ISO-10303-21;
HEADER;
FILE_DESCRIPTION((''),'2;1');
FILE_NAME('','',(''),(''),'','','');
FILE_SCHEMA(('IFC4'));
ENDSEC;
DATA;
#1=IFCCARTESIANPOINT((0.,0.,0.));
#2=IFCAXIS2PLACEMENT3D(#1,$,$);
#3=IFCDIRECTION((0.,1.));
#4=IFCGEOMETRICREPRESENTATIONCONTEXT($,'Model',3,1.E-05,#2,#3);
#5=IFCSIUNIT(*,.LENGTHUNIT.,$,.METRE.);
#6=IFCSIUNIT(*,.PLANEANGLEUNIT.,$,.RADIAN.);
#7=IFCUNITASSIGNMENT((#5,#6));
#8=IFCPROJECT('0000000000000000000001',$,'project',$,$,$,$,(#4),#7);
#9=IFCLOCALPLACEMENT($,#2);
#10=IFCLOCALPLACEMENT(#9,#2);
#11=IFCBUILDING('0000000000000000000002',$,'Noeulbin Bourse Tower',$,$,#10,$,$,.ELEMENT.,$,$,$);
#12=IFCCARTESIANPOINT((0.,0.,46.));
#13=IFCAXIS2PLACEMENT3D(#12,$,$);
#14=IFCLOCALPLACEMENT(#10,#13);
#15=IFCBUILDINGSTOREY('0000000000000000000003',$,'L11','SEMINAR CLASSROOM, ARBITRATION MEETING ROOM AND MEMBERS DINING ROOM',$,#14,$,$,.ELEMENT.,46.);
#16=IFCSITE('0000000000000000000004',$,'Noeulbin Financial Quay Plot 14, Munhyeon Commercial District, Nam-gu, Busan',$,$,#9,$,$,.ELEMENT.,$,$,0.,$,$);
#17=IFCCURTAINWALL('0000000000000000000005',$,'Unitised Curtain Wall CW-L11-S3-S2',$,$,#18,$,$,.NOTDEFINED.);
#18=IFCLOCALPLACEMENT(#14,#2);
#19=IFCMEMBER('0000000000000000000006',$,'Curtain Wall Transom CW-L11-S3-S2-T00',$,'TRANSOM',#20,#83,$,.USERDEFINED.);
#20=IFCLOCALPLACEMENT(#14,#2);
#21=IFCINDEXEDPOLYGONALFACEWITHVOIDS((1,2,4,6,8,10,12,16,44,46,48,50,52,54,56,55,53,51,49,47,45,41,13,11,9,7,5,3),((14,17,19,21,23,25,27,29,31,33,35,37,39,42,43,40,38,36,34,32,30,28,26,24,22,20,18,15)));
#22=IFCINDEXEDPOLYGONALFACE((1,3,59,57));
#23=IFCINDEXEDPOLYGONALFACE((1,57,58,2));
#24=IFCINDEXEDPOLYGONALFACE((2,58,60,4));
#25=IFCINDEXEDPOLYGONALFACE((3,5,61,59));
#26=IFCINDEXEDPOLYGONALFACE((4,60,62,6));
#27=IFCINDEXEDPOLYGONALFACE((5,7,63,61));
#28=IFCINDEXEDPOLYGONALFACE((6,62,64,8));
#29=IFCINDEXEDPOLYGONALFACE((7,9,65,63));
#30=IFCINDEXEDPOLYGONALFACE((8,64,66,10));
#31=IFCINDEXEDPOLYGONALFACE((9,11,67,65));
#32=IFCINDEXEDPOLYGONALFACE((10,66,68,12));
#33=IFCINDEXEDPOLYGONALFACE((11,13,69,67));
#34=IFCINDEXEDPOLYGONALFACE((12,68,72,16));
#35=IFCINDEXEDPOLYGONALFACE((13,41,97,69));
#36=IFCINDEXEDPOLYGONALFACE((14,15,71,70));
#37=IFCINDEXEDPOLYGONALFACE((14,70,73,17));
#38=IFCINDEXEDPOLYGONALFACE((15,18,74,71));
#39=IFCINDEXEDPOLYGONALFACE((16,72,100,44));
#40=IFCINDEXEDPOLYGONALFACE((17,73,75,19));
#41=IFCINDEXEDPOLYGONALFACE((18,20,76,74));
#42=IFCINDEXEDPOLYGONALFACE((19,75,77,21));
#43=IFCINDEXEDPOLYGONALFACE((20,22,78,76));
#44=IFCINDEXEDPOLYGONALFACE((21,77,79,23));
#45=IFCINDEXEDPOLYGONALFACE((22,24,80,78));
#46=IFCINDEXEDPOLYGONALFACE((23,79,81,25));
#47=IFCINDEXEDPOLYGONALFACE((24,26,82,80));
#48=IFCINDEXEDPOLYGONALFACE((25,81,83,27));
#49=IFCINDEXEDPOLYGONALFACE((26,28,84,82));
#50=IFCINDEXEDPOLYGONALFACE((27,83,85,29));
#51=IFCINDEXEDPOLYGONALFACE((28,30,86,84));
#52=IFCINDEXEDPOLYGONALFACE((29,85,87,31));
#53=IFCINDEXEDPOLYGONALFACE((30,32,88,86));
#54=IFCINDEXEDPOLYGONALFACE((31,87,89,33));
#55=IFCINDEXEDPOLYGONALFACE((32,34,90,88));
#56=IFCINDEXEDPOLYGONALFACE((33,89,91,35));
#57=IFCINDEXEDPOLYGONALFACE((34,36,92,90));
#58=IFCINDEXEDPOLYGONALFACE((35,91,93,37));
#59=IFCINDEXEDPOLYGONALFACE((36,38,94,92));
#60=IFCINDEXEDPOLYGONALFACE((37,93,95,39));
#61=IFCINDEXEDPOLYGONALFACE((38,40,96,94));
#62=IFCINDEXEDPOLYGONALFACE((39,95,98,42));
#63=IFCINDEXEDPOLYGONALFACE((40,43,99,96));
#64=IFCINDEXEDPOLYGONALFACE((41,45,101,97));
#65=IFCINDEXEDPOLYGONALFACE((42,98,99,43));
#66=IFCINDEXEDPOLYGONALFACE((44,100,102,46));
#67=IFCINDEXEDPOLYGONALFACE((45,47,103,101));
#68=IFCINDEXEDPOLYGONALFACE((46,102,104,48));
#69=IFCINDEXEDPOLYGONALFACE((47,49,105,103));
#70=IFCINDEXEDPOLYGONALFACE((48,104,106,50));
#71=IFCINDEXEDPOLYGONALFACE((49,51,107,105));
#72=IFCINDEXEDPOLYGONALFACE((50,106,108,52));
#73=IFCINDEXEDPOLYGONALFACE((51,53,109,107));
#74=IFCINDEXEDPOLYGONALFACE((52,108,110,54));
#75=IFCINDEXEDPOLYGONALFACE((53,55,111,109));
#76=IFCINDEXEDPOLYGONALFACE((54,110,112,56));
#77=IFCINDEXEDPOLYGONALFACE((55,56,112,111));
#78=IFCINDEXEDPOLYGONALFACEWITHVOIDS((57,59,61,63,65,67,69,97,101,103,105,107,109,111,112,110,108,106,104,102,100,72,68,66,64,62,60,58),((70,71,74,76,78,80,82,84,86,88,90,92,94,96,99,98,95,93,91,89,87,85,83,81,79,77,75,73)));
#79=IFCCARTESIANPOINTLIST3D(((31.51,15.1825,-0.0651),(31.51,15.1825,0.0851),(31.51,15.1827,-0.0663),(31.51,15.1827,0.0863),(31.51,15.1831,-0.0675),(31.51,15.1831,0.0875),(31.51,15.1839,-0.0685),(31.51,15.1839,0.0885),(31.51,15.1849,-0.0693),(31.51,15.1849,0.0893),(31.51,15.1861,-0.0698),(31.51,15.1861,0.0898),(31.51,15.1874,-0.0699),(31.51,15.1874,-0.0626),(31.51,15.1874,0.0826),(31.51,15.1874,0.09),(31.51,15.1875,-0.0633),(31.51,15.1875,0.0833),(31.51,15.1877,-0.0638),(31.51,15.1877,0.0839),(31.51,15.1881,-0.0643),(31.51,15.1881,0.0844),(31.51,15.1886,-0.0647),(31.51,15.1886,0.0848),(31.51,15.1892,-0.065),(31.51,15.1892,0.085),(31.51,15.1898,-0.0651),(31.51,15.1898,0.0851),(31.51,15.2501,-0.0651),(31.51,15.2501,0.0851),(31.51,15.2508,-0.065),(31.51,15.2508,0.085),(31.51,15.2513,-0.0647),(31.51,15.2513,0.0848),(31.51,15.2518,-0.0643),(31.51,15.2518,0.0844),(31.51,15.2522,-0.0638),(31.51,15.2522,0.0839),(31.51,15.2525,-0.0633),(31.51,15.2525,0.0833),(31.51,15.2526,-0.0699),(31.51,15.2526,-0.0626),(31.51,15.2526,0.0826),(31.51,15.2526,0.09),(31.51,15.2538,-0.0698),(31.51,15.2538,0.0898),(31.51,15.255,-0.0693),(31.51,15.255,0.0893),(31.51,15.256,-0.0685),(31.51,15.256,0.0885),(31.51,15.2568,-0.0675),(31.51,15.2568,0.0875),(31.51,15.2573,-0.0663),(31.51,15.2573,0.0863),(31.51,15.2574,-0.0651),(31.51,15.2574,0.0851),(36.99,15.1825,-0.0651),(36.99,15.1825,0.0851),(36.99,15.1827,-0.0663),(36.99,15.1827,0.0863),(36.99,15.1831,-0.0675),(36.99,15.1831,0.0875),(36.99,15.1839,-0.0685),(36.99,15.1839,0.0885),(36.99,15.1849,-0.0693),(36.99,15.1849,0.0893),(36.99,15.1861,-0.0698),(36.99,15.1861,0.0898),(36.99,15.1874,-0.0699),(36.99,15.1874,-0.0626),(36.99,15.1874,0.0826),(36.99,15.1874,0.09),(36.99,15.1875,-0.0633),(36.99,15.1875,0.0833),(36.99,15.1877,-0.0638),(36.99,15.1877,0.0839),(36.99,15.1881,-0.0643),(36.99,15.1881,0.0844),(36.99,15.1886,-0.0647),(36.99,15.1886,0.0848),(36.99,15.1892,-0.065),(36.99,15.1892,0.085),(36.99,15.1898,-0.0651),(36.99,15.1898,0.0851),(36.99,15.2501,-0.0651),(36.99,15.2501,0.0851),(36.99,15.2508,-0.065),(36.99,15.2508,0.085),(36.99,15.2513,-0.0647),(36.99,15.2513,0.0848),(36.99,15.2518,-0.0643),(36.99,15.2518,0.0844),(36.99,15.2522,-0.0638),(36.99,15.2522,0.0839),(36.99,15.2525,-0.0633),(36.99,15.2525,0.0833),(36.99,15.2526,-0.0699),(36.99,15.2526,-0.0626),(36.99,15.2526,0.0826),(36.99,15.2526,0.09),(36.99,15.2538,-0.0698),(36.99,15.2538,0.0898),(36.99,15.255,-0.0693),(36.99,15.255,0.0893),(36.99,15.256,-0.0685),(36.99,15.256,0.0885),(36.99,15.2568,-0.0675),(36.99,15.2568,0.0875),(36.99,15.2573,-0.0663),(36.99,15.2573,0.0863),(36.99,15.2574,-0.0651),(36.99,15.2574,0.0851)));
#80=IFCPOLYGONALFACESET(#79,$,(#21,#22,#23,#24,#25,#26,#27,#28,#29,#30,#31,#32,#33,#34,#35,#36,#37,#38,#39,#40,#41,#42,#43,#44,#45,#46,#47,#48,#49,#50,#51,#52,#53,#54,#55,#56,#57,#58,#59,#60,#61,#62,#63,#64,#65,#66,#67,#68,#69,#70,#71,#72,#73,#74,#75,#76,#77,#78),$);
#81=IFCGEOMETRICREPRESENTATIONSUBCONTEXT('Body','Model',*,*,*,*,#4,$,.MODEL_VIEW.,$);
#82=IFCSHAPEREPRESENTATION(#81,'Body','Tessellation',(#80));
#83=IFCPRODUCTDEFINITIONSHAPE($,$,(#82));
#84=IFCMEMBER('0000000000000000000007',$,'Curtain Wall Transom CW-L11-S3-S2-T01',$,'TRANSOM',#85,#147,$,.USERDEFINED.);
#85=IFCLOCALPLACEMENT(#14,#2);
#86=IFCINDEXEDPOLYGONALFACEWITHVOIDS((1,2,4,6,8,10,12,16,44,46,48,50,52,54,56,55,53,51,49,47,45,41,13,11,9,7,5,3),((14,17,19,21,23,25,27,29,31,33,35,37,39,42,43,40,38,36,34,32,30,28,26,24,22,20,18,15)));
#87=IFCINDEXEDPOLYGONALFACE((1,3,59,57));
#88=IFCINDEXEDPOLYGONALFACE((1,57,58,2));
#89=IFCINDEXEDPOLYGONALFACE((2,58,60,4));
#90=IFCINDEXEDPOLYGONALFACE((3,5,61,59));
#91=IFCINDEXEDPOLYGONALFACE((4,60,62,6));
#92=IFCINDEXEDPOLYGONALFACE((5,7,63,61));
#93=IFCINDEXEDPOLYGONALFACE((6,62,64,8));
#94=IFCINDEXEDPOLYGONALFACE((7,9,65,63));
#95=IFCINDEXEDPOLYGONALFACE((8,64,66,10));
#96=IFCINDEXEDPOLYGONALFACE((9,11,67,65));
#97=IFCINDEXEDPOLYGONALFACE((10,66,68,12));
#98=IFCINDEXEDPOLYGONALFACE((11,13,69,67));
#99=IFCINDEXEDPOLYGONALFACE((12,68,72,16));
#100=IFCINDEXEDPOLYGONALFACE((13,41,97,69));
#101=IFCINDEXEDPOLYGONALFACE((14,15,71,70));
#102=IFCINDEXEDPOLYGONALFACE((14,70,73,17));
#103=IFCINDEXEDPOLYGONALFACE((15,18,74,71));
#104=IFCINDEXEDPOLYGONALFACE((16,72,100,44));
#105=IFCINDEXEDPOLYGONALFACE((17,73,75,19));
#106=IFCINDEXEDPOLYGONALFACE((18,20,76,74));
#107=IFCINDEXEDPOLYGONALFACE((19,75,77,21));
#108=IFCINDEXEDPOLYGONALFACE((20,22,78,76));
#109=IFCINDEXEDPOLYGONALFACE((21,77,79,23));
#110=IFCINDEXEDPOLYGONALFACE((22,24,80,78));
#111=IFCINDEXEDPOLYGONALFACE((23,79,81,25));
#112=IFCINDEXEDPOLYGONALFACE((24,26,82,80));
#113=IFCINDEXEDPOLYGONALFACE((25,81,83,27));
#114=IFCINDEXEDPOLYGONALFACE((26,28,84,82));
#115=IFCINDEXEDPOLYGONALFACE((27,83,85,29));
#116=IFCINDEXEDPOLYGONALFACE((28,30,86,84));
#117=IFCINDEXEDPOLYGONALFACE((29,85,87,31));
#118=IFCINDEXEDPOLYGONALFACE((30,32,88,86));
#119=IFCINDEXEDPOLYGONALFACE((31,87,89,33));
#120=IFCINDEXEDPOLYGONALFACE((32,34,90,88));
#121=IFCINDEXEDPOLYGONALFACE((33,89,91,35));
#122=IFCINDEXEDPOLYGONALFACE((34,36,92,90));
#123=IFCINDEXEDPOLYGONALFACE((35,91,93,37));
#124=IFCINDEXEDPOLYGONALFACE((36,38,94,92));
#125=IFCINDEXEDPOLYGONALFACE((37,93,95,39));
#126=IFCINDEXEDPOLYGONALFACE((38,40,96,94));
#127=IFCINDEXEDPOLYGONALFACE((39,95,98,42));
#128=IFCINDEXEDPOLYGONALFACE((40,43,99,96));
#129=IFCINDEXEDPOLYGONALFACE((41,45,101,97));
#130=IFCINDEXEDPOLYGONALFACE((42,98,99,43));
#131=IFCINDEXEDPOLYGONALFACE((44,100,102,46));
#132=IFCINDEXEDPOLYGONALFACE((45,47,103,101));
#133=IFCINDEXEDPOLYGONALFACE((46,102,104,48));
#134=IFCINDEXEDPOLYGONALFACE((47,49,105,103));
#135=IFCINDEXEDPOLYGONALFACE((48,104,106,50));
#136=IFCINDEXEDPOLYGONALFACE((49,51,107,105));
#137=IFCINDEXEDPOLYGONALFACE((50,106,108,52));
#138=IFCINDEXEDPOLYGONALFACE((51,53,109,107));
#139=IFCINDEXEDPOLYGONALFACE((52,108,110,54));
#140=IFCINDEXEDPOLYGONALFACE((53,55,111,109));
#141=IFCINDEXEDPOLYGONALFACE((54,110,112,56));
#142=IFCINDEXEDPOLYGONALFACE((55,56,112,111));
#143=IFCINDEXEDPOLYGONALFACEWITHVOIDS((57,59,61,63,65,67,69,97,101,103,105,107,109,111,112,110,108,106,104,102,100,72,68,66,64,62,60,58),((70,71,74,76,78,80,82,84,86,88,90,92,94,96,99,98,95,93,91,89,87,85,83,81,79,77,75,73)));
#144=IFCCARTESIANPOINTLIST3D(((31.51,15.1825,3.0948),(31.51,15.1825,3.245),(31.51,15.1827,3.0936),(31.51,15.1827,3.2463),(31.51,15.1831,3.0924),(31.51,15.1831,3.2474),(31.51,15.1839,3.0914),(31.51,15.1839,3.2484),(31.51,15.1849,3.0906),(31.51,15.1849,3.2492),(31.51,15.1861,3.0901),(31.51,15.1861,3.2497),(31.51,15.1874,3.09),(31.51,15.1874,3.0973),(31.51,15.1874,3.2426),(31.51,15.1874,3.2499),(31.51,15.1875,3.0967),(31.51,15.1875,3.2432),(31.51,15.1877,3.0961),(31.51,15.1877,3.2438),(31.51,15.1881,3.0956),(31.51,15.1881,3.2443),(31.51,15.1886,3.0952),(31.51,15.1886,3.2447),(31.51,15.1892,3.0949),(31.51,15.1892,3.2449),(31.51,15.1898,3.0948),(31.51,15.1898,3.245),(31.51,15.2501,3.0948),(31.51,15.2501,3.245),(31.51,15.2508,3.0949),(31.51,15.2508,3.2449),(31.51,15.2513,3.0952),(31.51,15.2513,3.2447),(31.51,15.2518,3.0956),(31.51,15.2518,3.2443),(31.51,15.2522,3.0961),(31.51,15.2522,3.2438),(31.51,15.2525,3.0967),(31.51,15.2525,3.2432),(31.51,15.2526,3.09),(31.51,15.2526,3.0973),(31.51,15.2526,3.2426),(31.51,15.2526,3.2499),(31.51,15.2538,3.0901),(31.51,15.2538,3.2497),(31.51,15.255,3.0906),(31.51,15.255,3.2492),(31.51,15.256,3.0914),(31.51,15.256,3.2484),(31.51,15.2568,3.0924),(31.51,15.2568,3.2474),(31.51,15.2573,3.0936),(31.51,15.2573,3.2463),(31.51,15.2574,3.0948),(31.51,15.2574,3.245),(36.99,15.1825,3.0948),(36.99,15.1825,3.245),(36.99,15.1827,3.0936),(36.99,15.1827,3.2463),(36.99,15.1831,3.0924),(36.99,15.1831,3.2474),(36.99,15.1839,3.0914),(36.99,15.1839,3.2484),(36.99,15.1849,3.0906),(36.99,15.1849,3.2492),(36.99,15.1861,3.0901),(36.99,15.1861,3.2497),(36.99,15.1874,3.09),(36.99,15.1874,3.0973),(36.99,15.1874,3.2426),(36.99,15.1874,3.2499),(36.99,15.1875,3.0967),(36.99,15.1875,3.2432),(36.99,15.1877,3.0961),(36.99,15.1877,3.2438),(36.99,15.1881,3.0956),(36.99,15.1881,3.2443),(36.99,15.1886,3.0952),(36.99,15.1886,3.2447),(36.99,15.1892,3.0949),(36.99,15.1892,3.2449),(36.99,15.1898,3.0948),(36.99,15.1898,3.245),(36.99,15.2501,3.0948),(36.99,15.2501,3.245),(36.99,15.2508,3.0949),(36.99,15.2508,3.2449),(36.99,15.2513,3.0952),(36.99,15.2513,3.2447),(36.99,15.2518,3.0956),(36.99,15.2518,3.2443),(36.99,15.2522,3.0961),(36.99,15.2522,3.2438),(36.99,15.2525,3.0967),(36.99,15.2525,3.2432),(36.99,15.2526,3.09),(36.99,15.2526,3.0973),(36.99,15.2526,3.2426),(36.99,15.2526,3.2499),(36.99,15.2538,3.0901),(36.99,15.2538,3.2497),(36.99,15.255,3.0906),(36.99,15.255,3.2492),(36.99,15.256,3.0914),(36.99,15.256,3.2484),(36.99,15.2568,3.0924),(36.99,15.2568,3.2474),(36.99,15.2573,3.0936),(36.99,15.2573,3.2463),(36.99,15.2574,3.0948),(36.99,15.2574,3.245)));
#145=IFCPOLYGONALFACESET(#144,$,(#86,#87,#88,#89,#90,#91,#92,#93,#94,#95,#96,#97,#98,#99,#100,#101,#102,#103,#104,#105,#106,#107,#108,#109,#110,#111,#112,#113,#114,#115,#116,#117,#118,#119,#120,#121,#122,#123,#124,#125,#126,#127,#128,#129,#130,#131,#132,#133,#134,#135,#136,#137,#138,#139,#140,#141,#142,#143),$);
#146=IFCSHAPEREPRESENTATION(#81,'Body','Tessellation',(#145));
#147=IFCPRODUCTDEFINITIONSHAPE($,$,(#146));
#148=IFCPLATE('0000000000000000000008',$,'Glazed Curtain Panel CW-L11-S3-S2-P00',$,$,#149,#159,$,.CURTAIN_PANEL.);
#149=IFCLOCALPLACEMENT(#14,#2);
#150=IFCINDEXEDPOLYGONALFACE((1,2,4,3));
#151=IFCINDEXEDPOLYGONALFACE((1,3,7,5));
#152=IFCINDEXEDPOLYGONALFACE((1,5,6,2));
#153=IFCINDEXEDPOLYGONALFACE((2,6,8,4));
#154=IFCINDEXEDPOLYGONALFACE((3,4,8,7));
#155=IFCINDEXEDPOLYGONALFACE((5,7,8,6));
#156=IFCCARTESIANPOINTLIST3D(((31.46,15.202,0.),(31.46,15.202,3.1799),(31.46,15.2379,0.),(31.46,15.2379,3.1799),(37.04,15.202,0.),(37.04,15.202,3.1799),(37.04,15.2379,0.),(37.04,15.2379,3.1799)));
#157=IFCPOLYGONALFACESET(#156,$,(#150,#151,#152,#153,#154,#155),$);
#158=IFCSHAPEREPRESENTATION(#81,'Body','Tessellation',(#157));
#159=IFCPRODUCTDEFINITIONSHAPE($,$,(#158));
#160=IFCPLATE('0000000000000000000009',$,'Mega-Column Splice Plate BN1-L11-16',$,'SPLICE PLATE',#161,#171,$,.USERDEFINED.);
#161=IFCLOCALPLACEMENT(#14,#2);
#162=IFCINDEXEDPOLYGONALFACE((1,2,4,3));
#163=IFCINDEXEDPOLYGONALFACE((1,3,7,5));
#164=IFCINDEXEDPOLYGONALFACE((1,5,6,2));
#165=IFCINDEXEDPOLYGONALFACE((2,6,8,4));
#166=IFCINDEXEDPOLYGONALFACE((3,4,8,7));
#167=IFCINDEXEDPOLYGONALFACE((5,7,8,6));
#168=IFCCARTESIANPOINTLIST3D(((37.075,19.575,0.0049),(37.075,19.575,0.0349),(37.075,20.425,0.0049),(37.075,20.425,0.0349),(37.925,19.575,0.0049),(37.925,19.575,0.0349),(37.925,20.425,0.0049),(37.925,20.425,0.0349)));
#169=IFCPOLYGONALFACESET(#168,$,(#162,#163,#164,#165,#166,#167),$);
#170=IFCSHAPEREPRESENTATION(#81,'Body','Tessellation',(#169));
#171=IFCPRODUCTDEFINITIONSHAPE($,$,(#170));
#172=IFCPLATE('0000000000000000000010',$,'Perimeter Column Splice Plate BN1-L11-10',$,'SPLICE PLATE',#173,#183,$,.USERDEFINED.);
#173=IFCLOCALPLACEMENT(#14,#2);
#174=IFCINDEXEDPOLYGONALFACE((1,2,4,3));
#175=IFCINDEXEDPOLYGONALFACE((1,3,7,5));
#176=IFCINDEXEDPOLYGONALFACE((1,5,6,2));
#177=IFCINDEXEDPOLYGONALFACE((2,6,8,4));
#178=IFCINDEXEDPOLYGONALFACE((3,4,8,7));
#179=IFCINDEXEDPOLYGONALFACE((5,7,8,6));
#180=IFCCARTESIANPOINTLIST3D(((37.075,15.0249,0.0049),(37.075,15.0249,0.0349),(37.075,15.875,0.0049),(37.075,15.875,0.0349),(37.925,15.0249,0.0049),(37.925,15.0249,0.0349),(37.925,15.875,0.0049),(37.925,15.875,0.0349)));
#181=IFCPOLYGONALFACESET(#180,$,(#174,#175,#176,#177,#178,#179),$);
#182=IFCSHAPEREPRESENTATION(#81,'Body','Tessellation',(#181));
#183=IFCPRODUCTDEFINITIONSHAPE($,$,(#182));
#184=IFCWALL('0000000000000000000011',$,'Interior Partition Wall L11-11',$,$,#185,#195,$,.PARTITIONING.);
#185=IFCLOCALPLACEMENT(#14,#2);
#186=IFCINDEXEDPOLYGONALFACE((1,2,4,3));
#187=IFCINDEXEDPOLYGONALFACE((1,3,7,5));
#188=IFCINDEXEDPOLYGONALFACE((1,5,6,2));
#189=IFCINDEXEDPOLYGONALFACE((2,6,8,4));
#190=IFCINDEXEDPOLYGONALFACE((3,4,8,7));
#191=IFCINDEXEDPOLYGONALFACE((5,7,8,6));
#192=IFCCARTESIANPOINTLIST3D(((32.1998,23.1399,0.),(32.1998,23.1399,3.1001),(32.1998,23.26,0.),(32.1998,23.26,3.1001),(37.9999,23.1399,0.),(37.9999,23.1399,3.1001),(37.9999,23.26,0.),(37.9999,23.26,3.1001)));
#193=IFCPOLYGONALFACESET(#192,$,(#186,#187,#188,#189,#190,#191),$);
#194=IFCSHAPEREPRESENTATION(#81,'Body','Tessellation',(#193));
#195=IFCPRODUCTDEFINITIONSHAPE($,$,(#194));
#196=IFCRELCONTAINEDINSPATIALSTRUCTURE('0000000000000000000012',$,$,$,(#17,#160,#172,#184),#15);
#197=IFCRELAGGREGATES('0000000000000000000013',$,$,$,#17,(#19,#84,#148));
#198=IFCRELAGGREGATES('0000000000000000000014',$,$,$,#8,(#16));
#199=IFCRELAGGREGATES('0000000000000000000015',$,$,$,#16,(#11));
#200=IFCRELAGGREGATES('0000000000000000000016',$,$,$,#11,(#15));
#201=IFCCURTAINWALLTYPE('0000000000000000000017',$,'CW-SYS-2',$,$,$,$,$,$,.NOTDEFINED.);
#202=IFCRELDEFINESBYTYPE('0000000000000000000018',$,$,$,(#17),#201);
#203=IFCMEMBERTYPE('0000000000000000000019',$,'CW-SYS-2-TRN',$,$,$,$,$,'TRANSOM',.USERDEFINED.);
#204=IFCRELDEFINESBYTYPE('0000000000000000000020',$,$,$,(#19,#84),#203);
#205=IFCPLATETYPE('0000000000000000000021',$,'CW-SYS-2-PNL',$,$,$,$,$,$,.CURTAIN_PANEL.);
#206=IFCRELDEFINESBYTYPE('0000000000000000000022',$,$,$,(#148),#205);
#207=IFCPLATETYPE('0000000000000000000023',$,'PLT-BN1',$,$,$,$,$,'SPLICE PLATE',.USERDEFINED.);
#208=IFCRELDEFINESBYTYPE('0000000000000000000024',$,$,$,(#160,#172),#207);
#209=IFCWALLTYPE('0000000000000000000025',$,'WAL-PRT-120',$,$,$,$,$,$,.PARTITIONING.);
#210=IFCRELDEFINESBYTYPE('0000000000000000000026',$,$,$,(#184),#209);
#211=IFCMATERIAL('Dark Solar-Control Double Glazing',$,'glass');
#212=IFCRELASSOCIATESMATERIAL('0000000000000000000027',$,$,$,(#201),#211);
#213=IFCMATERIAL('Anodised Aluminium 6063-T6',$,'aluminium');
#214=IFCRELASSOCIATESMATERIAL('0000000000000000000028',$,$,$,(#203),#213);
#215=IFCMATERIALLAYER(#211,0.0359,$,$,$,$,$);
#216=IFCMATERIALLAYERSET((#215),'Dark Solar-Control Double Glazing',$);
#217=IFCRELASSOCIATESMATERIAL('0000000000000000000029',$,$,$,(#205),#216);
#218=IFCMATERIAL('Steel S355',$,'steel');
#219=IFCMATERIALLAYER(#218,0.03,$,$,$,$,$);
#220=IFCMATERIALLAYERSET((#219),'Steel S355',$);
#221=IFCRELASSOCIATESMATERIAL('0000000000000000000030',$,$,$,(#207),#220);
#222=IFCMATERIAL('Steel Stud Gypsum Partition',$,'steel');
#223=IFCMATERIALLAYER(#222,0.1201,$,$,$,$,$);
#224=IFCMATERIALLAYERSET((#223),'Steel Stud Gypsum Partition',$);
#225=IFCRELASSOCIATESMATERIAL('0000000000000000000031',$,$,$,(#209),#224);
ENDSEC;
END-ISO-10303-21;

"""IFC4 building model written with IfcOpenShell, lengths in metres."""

from ifc_helpers import new_model, si_unit, direction, frame, frame_2d, origin, origin_2d, place, context, subcontext, project, spatial, rectangle, hollow_rectangle, extrude, material, layer, layer_set, material_profile, profile_set, type_object, element, aggregate, save


model = new_model("IFC4")

# Units and contexts
model_context = context("Model", 3, precision=1e-05, world=origin(), true_north=direction((0.0, 1.0)))
body_context = subcontext(model_context, "Body", "Model", "MODEL_VIEW")
ifc_project = project(units=[si_unit("LENGTHUNIT", "METRE"), si_unit("PLANEANGLEUNIT", "RADIAN")], contexts=[model_context])

# Site, building, storey
site_placement = place(None, origin())
site = spatial("IfcSite", under=ifc_project, at=site_placement, Name="Noeulbin Financial Quay Plot 14, Munhyeon Commercial District, Nam-gu, Busan", CompositionType="ELEMENT", RefElevation=0.0)
building_placement = place(site_placement, origin())
building = spatial("IfcBuilding", under=site, at=building_placement, Name="Noeulbin Bourse Tower", CompositionType="ELEMENT")
storey_placement = place(building_placement, frame((0.0, 0.0, 46.0)))
storey = spatial("IfcBuildingStorey", under=building, at=storey_placement, Name="L11", Description="SEMINAR CLASSROOM, ARBITRATION MEETING ROOM AND MEMBERS DINING ROOM", CompositionType="ELEMENT", Elevation=46.0)

# Shared definitions
ifc_material_1 = material(Name="Steel S355", Category="steel")

# Curtain wall
ifc_material_2 = material(Name="Dark Solar-Control Double Glazing", Category="glass")
curtain_wall_type = type_object("IfcCurtainWallType", Name="CW-SYS-2", PredefinedType="NOTDEFINED", material=ifc_material_2)
curtain_wall_1_placement = place(storey_placement, origin())
curtain_wall_1 = element("IfcCurtainWall", 1, at=curtain_wall_1_placement, inside=storey, type_object=curtain_wall_type, Name="Unitised Curtain Wall CW-L11-S3-S2", PredefinedType="NOTDEFINED")
ifc_material_3 = material(Name="Anodised Aluminium 6063-T6", Category="aluminium")

# Members
ifc_material_profile_1 = material_profile(ifc_material_3, hollow_rectangle(XDim=0.075, YDim=0.1599, WallThickness=0.0049, InnerFilletRadius=0.0024, OuterFilletRadius=0.0049, at=origin_2d()), Name="ALU-TRAN-75x160x5", Category="LoadBearing")
ifc_profile_set_1 = profile_set([ifc_material_profile_1], Name="Anodised Aluminium 6063-T6")
member_type_1 = type_object("IfcMemberType", Name="CW-SYS-2-TRN", ElementType="TRANSOM", PredefinedType="USERDEFINED", material=ifc_profile_set_1)
member_1_placement = place(storey_placement, frame((31.51, 15.22, 0.01), z_axis=(1.0, 0.0, 0.0), x_axis=(0.0, 1.0, 0.0)))
member_1 = element("IfcMember", 2, at=member_1_placement, type_object=member_type_1, Name="Curtain Wall Transom CW-L11-S3-S2-T00", ObjectType="TRANSOM", PredefinedType="USERDEFINED", context=body_context, shape_type="SweptSolid", body=[
    extrude(hollow_rectangle(XDim=0.075, YDim=0.1599, WallThickness=0.0049, InnerFilletRadius=0.0024, OuterFilletRadius=0.0049, at=origin_2d()), origin(), (0.0, 0.0, 1.0), 5.48),
])
member_2_placement = place(storey_placement, frame((31.51, 15.22, 3.1699), z_axis=(1.0, 0.0, 0.0), x_axis=(0.0, 1.0, 0.0)))
member_2 = element("IfcMember", 3, at=member_2_placement, type_object=member_type_1, Name="Curtain Wall Transom CW-L11-S3-S2-T01", ObjectType="TRANSOM", PredefinedType="USERDEFINED", context=body_context, shape_type="SweptSolid", body=[
    extrude(hollow_rectangle(XDim=0.075, YDim=0.1599, WallThickness=0.0049, InnerFilletRadius=0.0024, OuterFilletRadius=0.0049, at=origin_2d()), origin(), (0.0, 0.0, 1.0), 5.48),
])

# Plate
ifc_layer_1 = layer(ifc_material_2, 0.0359)
ifc_layer_set_1 = layer_set([ifc_layer_1], Name="Dark Solar-Control Double Glazing")
plate_type_1 = type_object("IfcPlateType", Name="CW-SYS-2-PNL", PredefinedType="CURTAIN_PANEL", material=ifc_layer_set_1)
plate_placement = place(storey_placement, frame((34.25, 15.22, 0.0), z_axis=(0.0, 0.0, 1.0), x_axis=(1.0, 0.0, 0.0)))
plate = element("IfcPlate", 4, at=plate_placement, type_object=plate_type_1, Name="Glazed Curtain Panel CW-L11-S3-S2-P00", PredefinedType="CURTAIN_PANEL", context=body_context, shape_type="SweptSolid", body=[
    extrude(rectangle(XDim=5.5801, YDim=0.0359, at=origin_2d()), origin(), (0.0, 0.0, 1.0), 3.1799),
])
aggregate(curtain_wall_1, [member_1, member_2, plate])

# Plates
ifc_layer_2 = layer(ifc_material_1, 0.03)
ifc_layer_set_2 = layer_set([ifc_layer_2], Name="Steel S355")
plate_type_2 = type_object("IfcPlateType", Name="PLT-BN1", ElementType="SPLICE PLATE", PredefinedType="USERDEFINED", material=ifc_layer_set_2)
for number, where, z_axis, x_axis, name in (
    (5, (37.5, 20.0, 0.0049), (0.0, 0.0, 1.0), (1.0, 0.0, 0.0), "Mega-Column Splice Plate BN1-L11-16"),
    (6, (37.5, 15.45, 0.0049), (0.0, 0.0, 1.0), (1.0, 0.0, 0.0), "Perimeter Column Splice Plate BN1-L11-10"),
):
    element("IfcPlate", number, at=place(storey_placement, frame(where, z_axis=z_axis, x_axis=x_axis)), inside=storey, type_object=plate_type_2, Name=name, ObjectType="SPLICE PLATE", PredefinedType="USERDEFINED", context=body_context, shape_type="SweptSolid", body=[
        extrude(rectangle(XDim=0.8501, YDim=0.8501, at=origin_2d()), origin(), (0.0, 0.0, 1.0), 0.03),
    ])

# Wall
ifc_material_4 = material(Name="Steel Stud Gypsum Partition", Category="steel")
ifc_layer_3 = layer(ifc_material_4, 0.1201)
ifc_layer_set_3 = layer_set([ifc_layer_3], Name="Steel Stud Gypsum Partition")
wall_type = type_object("IfcWallType", Name="WAL-PRT-120", PredefinedType="PARTITIONING", material=ifc_layer_set_3)
wall_1_placement = place(storey_placement, frame((32.2, 23.2, 0.0), z_axis=(0.0, 0.0, 1.0), x_axis=(1.0, 0.0, 0.0)))
element("IfcWall", 7, at=wall_1_placement, inside=storey, type_object=wall_type, Name="Interior Partition Wall L11-11", PredefinedType="PARTITIONING", context=body_context, shape_type="SweptSolid", body=[
    extrude(rectangle(XDim=5.8, YDim=0.1201, at=frame_2d((2.8999, 0.0))), origin(), (0.0, 0.0, 1.0), 3.1001),
])

save(model, "model.ifc")
